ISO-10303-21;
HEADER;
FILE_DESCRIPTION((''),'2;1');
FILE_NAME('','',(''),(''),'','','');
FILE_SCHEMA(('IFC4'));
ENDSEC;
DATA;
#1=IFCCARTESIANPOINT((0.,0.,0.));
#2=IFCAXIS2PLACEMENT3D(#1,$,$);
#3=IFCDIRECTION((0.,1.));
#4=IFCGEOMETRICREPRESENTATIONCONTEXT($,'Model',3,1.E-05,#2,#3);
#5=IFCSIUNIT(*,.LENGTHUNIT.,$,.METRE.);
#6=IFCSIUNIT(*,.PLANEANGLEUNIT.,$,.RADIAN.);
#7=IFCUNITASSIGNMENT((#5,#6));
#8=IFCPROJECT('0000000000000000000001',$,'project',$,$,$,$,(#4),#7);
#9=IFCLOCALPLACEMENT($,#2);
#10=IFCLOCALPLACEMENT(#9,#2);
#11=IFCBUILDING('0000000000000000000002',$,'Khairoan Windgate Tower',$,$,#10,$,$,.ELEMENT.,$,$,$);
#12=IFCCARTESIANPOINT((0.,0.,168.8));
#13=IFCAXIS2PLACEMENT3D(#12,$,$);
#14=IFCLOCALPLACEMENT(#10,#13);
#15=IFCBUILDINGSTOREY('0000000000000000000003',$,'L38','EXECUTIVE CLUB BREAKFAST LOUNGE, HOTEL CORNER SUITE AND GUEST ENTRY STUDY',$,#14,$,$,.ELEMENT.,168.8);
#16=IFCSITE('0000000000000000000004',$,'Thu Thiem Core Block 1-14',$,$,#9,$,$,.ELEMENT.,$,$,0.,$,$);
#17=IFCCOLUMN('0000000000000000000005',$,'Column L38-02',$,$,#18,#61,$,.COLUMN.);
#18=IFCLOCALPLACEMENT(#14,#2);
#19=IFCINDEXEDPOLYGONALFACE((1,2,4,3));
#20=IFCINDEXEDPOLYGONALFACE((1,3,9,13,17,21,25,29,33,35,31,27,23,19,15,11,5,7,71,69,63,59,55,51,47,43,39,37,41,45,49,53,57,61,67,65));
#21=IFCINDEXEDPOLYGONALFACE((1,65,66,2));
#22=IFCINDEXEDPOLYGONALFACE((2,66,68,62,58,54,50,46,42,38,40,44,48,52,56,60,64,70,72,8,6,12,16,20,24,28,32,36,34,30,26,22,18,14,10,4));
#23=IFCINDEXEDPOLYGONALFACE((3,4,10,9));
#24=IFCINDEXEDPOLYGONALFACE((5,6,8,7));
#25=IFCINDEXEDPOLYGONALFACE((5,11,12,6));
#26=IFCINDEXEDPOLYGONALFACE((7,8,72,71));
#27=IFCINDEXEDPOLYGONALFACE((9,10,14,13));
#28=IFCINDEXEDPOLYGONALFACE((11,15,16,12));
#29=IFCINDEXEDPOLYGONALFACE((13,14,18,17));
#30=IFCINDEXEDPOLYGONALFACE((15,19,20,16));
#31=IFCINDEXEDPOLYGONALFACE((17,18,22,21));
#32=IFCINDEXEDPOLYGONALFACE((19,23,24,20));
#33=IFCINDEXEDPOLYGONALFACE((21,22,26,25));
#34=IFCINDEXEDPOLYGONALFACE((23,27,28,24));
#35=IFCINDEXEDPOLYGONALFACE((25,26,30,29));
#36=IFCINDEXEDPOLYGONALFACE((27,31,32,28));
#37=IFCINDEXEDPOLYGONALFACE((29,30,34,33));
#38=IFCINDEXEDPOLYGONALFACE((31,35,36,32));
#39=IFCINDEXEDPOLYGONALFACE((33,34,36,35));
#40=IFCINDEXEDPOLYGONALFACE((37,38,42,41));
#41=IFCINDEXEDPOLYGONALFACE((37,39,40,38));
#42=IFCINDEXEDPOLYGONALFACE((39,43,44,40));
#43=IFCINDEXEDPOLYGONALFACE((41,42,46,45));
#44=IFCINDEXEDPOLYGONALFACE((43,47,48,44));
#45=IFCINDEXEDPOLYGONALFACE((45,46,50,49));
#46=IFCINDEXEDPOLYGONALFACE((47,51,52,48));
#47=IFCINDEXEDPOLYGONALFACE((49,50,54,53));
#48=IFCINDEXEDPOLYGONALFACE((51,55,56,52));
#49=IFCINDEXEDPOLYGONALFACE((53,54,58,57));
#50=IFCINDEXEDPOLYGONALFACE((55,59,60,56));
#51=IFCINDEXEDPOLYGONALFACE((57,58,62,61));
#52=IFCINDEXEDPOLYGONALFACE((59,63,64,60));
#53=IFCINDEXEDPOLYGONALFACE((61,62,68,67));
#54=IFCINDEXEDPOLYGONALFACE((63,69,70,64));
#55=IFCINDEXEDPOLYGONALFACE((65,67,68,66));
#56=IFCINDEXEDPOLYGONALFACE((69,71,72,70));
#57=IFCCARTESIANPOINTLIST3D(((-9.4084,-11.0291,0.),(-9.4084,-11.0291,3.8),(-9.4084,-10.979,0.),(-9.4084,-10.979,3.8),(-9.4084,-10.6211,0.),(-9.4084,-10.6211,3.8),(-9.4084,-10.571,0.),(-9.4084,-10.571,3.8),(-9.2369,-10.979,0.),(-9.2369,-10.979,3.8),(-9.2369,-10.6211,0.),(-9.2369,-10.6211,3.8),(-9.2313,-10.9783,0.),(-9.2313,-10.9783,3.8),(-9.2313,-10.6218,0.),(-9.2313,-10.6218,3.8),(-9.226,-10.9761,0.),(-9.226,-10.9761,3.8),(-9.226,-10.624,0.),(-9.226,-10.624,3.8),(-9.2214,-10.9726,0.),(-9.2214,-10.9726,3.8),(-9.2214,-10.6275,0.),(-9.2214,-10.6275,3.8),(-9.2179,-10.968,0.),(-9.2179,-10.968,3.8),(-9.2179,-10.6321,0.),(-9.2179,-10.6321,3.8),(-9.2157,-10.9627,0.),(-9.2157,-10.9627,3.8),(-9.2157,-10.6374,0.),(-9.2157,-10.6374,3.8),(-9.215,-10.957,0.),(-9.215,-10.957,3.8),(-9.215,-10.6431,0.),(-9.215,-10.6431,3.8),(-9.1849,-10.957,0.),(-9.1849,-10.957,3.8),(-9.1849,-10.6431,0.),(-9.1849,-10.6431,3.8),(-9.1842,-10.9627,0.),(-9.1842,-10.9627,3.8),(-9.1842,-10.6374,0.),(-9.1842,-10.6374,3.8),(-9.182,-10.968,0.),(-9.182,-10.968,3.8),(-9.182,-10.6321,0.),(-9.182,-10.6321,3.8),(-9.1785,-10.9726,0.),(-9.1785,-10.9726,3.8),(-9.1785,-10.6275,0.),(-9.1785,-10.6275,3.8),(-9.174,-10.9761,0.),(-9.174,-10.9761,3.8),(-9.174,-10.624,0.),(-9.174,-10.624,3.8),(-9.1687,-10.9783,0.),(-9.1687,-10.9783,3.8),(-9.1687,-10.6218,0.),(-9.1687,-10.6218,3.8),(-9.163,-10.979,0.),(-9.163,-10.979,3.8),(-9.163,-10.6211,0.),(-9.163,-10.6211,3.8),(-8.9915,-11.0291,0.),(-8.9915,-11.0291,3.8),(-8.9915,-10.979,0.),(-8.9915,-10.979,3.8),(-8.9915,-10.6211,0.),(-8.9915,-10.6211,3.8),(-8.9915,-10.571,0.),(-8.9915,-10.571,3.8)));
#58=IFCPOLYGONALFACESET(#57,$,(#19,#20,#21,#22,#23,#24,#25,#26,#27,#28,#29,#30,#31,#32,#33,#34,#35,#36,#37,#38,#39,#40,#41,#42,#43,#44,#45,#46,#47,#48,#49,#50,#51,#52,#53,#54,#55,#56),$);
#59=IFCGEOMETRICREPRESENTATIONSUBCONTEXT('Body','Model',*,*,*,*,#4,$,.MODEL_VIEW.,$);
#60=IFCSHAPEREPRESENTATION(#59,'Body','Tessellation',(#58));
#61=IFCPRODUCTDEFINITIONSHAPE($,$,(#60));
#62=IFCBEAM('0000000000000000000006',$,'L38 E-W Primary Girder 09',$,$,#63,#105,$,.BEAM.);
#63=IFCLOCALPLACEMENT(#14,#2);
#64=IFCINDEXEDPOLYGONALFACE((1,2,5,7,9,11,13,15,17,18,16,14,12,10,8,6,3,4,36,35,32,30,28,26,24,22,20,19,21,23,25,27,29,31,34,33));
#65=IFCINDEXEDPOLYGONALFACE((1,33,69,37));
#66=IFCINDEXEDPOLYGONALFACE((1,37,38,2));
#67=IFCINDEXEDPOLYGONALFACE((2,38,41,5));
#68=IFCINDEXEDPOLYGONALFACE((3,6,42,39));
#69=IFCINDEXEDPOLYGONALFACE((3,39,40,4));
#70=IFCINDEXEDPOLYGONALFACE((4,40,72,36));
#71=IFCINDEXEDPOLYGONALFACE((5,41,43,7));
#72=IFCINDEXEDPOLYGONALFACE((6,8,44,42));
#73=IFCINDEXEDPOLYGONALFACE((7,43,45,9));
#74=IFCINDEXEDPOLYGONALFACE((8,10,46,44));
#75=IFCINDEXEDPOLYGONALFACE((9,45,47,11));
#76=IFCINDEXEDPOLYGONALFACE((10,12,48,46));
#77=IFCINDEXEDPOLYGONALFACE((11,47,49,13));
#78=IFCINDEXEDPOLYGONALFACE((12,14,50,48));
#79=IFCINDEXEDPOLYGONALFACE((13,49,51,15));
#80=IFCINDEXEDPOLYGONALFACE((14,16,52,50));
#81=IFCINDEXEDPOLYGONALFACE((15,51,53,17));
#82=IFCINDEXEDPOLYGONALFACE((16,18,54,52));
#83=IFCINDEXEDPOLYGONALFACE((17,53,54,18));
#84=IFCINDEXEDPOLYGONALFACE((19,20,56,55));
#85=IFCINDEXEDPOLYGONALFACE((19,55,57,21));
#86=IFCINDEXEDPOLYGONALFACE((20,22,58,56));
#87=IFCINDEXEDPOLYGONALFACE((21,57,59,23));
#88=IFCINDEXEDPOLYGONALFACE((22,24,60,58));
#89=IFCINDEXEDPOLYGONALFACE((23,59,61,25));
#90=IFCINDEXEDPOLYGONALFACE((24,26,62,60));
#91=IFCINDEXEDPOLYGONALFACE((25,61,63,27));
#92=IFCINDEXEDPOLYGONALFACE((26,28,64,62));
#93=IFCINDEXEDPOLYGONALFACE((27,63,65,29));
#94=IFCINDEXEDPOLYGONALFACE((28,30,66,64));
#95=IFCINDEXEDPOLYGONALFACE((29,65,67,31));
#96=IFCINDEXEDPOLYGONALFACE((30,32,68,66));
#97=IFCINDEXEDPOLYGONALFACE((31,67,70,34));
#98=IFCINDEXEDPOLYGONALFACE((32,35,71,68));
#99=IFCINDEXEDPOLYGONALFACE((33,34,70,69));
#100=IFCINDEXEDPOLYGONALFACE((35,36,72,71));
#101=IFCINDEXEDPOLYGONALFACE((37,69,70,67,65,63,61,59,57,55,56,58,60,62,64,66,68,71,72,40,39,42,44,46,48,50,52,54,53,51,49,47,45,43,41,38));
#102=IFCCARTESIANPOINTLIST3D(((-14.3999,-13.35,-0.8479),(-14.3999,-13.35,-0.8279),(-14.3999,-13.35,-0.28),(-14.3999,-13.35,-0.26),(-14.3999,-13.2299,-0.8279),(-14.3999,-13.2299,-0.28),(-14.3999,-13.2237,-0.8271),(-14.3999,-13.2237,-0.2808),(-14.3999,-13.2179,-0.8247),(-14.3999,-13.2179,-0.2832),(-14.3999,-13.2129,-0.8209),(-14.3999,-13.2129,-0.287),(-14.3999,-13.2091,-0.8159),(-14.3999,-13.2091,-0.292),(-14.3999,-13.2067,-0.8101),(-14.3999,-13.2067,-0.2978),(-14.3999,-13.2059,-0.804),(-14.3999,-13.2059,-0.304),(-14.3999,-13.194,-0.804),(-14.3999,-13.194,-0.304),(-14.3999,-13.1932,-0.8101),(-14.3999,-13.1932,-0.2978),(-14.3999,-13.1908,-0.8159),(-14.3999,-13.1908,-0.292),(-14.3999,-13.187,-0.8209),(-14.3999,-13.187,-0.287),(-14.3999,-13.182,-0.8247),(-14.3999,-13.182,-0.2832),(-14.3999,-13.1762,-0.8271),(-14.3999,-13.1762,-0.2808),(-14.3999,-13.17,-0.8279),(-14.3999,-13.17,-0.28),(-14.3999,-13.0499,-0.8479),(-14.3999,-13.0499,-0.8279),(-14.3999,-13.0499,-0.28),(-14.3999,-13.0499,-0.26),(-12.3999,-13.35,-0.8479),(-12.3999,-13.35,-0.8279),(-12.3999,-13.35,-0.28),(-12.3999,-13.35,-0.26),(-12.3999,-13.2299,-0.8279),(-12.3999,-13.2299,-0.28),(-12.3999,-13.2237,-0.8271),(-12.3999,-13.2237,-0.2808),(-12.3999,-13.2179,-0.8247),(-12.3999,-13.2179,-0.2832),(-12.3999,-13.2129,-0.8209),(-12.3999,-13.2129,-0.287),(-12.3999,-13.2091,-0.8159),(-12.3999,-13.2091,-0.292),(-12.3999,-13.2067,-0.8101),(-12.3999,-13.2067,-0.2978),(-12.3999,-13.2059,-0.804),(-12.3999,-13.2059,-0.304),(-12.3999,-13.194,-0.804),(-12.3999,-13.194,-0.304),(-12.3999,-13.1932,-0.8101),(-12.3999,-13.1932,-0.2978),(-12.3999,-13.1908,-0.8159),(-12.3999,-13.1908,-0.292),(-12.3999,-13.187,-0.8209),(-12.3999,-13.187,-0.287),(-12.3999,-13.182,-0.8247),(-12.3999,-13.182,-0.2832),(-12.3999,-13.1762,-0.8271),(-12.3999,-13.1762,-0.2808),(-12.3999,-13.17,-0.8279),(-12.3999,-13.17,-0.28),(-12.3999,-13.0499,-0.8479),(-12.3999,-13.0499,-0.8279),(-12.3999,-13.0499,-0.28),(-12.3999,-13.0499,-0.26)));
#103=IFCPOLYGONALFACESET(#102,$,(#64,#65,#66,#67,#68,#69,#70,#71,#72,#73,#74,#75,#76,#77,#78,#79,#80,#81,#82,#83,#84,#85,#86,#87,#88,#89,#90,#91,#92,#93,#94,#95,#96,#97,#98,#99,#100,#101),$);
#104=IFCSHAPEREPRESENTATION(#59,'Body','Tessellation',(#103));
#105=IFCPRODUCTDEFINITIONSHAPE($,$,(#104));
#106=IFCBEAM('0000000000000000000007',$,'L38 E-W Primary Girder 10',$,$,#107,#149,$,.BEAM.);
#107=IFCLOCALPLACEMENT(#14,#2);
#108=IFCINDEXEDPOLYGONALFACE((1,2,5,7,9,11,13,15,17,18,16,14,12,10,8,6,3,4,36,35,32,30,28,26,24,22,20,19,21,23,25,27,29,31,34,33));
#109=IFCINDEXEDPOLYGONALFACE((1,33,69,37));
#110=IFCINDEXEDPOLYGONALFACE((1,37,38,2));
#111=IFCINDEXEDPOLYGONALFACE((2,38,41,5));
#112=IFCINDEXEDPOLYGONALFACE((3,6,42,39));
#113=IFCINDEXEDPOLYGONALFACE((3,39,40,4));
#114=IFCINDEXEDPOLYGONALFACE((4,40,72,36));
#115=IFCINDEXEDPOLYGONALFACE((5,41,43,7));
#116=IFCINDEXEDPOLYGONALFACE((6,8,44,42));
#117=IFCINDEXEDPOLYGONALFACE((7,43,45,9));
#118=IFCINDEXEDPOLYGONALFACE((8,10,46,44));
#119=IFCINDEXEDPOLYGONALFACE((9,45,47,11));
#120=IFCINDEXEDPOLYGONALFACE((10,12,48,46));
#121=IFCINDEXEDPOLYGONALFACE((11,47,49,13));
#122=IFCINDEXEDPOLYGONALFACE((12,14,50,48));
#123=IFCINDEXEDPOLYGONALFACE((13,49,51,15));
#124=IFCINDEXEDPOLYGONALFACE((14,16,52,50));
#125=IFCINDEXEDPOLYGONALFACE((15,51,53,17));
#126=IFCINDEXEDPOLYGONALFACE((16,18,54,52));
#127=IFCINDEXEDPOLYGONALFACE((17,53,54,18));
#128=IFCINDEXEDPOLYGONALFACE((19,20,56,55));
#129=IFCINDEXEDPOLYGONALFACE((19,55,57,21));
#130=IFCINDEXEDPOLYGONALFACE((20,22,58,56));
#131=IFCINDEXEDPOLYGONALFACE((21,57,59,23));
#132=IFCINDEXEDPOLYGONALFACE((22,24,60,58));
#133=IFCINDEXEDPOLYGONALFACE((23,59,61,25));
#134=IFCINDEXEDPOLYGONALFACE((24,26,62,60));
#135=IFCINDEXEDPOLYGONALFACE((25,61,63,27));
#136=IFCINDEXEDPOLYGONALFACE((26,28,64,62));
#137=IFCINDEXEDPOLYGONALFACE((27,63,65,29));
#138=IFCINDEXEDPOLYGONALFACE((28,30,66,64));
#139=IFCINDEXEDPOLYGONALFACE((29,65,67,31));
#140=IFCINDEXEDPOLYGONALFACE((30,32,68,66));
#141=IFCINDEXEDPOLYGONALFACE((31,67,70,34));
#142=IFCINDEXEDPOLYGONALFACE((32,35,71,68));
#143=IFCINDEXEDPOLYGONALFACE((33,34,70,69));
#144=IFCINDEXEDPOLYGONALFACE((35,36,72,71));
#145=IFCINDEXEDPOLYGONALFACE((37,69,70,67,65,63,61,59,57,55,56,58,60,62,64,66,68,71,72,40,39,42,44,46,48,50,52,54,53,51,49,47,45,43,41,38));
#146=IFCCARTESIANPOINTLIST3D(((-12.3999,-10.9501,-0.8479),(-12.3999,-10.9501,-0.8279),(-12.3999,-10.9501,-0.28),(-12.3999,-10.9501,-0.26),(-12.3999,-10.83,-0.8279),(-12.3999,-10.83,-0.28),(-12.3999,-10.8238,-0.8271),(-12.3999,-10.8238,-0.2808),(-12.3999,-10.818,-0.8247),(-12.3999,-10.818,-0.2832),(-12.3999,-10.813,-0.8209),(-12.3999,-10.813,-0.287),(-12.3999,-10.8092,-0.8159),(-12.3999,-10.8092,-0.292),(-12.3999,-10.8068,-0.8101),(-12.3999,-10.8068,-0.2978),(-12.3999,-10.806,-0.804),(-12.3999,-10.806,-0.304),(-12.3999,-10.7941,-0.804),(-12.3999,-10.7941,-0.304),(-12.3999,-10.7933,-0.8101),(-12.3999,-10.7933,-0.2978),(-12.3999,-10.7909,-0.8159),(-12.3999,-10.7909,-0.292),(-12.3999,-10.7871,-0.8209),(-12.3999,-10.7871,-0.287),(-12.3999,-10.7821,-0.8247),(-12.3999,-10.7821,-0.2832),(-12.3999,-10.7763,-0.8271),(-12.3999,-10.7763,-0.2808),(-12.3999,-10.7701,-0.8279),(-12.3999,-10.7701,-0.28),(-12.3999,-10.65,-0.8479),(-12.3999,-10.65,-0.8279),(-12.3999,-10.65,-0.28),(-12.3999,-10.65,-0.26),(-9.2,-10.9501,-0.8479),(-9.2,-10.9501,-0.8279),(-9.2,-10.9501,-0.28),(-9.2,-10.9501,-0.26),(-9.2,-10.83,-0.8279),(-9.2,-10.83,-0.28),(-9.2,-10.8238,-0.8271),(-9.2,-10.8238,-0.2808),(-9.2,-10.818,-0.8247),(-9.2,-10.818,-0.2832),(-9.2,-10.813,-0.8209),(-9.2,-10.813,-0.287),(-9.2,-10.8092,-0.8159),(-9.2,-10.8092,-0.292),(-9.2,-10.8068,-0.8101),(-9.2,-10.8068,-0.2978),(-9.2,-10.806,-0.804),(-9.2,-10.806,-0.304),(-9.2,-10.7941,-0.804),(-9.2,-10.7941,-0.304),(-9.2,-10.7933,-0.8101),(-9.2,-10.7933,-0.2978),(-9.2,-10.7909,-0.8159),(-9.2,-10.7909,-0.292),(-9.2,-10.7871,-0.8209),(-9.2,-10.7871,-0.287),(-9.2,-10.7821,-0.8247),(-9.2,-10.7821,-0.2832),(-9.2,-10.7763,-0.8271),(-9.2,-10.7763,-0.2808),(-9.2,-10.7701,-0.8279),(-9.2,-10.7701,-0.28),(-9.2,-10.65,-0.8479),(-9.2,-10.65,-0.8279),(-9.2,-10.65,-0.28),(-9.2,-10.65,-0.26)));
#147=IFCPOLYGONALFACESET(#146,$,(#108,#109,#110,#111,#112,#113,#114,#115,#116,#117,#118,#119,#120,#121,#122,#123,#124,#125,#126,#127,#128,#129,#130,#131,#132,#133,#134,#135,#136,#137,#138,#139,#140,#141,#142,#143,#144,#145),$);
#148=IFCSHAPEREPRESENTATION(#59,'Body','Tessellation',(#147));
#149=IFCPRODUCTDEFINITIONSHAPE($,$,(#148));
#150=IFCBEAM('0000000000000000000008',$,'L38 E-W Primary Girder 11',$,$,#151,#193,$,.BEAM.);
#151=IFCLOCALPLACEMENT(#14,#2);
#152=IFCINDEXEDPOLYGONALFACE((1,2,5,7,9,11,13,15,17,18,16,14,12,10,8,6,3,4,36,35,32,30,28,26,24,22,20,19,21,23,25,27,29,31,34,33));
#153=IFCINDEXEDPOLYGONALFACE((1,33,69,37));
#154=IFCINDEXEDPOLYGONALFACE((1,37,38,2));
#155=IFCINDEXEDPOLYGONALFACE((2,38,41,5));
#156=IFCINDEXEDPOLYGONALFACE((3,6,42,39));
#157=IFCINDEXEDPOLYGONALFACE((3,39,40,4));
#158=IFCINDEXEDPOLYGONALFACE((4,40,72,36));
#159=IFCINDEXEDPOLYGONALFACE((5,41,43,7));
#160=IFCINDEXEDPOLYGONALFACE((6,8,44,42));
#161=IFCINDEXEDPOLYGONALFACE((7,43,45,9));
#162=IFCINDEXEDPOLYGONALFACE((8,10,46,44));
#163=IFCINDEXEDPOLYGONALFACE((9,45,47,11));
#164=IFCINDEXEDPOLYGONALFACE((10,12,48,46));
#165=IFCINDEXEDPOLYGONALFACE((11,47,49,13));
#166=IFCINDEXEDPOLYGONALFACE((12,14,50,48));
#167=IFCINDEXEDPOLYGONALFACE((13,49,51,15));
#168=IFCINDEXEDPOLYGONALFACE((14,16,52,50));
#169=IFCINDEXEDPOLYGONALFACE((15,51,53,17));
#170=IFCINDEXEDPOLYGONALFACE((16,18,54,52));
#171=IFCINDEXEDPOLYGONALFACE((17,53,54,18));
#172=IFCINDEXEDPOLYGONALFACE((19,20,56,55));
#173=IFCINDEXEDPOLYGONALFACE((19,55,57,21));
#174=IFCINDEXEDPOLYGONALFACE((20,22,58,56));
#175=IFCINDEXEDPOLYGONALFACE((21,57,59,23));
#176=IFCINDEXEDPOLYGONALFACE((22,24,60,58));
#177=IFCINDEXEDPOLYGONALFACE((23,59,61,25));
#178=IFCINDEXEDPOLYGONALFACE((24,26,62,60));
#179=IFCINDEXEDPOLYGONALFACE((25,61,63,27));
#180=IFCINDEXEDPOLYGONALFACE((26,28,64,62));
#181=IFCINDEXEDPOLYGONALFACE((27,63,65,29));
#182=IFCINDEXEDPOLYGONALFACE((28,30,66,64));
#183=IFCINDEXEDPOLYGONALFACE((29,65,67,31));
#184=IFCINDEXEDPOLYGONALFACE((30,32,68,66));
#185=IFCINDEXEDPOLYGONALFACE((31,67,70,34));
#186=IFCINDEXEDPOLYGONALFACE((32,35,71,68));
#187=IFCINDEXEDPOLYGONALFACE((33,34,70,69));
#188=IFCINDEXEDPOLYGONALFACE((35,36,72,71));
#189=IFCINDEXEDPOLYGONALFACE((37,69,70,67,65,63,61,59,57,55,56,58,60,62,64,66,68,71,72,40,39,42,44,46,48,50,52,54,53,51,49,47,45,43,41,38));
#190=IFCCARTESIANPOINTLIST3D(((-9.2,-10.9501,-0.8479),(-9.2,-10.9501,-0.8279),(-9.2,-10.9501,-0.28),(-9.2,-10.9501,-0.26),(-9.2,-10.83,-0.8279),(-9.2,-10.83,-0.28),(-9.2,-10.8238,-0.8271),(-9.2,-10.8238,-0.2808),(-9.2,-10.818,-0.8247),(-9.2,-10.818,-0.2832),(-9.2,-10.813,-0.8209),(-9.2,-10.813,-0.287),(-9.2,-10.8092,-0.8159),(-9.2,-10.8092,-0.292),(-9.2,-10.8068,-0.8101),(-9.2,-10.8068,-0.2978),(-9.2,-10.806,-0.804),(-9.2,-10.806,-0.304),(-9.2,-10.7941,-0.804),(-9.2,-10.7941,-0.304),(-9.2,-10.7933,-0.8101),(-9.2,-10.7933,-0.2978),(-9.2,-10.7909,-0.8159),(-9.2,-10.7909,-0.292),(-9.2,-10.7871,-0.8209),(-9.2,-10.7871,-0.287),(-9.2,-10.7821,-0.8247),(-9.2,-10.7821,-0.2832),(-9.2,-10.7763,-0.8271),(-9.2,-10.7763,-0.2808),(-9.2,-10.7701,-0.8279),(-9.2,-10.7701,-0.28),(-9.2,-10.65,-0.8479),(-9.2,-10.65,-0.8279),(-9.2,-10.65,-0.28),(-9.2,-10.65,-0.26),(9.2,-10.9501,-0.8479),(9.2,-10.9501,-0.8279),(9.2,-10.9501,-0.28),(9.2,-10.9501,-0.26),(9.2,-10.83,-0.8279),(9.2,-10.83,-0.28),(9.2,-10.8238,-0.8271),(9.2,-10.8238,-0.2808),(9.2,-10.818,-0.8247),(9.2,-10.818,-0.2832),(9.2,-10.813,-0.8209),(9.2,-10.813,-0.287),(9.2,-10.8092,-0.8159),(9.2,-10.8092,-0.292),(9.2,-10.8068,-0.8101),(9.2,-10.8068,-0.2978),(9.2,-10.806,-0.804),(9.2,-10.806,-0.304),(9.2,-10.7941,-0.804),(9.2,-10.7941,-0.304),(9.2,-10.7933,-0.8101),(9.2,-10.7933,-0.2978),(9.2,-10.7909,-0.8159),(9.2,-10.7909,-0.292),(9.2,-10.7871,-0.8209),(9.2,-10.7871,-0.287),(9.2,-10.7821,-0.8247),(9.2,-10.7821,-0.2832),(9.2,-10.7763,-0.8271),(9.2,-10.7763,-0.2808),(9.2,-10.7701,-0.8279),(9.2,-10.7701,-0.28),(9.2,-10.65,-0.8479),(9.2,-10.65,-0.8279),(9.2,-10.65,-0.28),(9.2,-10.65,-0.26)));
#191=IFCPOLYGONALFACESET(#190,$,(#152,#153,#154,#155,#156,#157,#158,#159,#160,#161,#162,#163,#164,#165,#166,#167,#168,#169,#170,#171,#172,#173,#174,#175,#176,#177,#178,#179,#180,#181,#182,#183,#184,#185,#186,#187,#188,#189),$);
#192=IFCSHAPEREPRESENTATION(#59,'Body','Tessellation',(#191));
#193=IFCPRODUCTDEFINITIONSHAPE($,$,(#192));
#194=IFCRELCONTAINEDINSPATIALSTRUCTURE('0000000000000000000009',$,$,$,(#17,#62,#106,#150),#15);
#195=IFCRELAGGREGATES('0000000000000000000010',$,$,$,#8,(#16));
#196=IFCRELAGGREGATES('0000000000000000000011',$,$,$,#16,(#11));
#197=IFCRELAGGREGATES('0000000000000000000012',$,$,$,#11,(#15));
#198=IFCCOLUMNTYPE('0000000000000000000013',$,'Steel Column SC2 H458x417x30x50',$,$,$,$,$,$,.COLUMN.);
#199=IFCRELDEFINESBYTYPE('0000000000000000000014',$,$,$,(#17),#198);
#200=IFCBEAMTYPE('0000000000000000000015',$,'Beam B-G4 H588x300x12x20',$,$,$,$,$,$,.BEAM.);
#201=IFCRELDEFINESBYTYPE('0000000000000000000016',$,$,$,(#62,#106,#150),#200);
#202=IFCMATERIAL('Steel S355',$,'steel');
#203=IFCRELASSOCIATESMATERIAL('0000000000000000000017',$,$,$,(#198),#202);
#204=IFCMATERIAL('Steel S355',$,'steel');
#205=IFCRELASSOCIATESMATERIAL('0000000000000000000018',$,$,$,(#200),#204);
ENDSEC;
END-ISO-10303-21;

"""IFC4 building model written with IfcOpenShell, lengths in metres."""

from ifc_helpers import new_model, si_unit, direction, frame, origin, origin_2d, place, context, subcontext, project, spatial, i_section, extrude, material, material_profile, profile_set, type_object, element, save


model = new_model("IFC4")

# Units and contexts
model_context = context("Model", 3, precision=1e-05, world=origin(), true_north=direction((0.0, 1.0)))
body_context = subcontext(model_context, "Body", "Model", "MODEL_VIEW")
ifc_project = project(units=[si_unit("LENGTHUNIT", "METRE"), si_unit("PLANEANGLEUNIT", "RADIAN")], contexts=[model_context])

# Site, building, storey
site_placement = place(None, origin())
site = spatial("IfcSite", under=ifc_project, at=site_placement, Name="Thu Thiem Core Block 1-14", CompositionType="ELEMENT", RefElevation=0.0)
building_placement = place(site_placement, origin())
building = spatial("IfcBuilding", under=site, at=building_placement, Name="Khairoan Windgate Tower", CompositionType="ELEMENT")
storey_placement = place(building_placement, frame((0.0, 0.0, 168.8)))
storey = spatial("IfcBuildingStorey", under=building, at=storey_placement, Name="L38", Description="EXECUTIVE CLUB BREAKFAST LOUNGE, HOTEL CORNER SUITE AND GUEST ENTRY STUDY", CompositionType="ELEMENT", Elevation=168.8)

# Column
ifc_material_1 = material(Name="Steel S355", Category="steel")
ifc_material_profile_1 = material_profile(ifc_material_1, i_section(OverallWidth=0.417, OverallDepth=0.458, WebThickness=0.03, FlangeThickness=0.05, FilletRadius=0.022, at=origin_2d()))
ifc_profile_set_1 = profile_set([ifc_material_profile_1], Name="Steel S355")
column_type = type_object("IfcColumnType", Name="Steel Column SC2 H458x417x30x50", PredefinedType="COLUMN", material=ifc_profile_set_1)
column_placement = place(storey_placement, frame((-9.2, -10.8, 0.0), z_axis=(0.0, 0.0, 1.0), x_axis=(1.0, 0.0, 0.0)))
element("IfcColumn", 1, at=column_placement, inside=storey, type_object=column_type, Name="Column L38-02", PredefinedType="COLUMN", context=body_context, shape_type="SweptSolid", body=[
    extrude(i_section(OverallWidth=0.417, OverallDepth=0.458, WebThickness=0.03, FlangeThickness=0.05, FilletRadius=0.022, at=origin_2d()), origin(), (0.0, 0.0, 1.0), 3.8),
])

# Beams
ifc_material_2 = material(Name="Steel S355", Category="steel")
ifc_material_profile_2 = material_profile(ifc_material_2, i_section(OverallWidth=0.3, OverallDepth=0.5879, WebThickness=0.012, FlangeThickness=0.02, FilletRadius=0.0239, at=origin_2d()))
ifc_profile_set_2 = profile_set([ifc_material_profile_2], Name="Steel S355")
beam_type_1 = type_object("IfcBeamType", Name="Beam B-G4 H588x300x12x20", PredefinedType="BEAM", material=ifc_profile_set_2)
beam_1_placement = place(storey_placement, frame((-14.3999, -13.2, -0.554), z_axis=(1.0, 0.0, 0.0), x_axis=(0.0, 1.0, 0.0)))
element("IfcBeam", 2, at=beam_1_placement, inside=storey, type_object=beam_type_1, Name="L38 E-W Primary Girder 09", PredefinedType="BEAM", context=body_context, shape_type="SweptSolid", body=[
    extrude(i_section(OverallWidth=0.3, OverallDepth=0.5879, WebThickness=0.012, FlangeThickness=0.02, FilletRadius=0.0239, at=origin_2d()), origin(), (0.0, 0.0, 1.0), 2.0),
])
beam_2_placement = place(storey_placement, frame((-12.3999, -10.8, -0.554), z_axis=(1.0, 0.0, 0.0), x_axis=(0.0, 1.0, 0.0)))
element("IfcBeam", 3, at=beam_2_placement, inside=storey, type_object=beam_type_1, Name="L38 E-W Primary Girder 10", PredefinedType="BEAM", context=body_context, shape_type="SweptSolid", body=[
    extrude(i_section(OverallWidth=0.3, OverallDepth=0.5879, WebThickness=0.012, FlangeThickness=0.02, FilletRadius=0.0239, at=origin_2d()), origin(), (0.0, 0.0, 1.0), 3.2),
])
beam_3_placement = place(storey_placement, frame((-9.2, -10.8, -0.554), z_axis=(1.0, 0.0, 0.0), x_axis=(0.0, 1.0, 0.0)))
element("IfcBeam", 4, at=beam_3_placement, inside=storey, type_object=beam_type_1, Name="L38 E-W Primary Girder 11", PredefinedType="BEAM", context=body_context, shape_type="SweptSolid", body=[
    extrude(i_section(OverallWidth=0.3, OverallDepth=0.5879, WebThickness=0.012, FlangeThickness=0.02, FilletRadius=0.0239, at=origin_2d()), origin(), (0.0, 0.0, 1.0), 18.3999),
])

save(model, "model.ifc")
